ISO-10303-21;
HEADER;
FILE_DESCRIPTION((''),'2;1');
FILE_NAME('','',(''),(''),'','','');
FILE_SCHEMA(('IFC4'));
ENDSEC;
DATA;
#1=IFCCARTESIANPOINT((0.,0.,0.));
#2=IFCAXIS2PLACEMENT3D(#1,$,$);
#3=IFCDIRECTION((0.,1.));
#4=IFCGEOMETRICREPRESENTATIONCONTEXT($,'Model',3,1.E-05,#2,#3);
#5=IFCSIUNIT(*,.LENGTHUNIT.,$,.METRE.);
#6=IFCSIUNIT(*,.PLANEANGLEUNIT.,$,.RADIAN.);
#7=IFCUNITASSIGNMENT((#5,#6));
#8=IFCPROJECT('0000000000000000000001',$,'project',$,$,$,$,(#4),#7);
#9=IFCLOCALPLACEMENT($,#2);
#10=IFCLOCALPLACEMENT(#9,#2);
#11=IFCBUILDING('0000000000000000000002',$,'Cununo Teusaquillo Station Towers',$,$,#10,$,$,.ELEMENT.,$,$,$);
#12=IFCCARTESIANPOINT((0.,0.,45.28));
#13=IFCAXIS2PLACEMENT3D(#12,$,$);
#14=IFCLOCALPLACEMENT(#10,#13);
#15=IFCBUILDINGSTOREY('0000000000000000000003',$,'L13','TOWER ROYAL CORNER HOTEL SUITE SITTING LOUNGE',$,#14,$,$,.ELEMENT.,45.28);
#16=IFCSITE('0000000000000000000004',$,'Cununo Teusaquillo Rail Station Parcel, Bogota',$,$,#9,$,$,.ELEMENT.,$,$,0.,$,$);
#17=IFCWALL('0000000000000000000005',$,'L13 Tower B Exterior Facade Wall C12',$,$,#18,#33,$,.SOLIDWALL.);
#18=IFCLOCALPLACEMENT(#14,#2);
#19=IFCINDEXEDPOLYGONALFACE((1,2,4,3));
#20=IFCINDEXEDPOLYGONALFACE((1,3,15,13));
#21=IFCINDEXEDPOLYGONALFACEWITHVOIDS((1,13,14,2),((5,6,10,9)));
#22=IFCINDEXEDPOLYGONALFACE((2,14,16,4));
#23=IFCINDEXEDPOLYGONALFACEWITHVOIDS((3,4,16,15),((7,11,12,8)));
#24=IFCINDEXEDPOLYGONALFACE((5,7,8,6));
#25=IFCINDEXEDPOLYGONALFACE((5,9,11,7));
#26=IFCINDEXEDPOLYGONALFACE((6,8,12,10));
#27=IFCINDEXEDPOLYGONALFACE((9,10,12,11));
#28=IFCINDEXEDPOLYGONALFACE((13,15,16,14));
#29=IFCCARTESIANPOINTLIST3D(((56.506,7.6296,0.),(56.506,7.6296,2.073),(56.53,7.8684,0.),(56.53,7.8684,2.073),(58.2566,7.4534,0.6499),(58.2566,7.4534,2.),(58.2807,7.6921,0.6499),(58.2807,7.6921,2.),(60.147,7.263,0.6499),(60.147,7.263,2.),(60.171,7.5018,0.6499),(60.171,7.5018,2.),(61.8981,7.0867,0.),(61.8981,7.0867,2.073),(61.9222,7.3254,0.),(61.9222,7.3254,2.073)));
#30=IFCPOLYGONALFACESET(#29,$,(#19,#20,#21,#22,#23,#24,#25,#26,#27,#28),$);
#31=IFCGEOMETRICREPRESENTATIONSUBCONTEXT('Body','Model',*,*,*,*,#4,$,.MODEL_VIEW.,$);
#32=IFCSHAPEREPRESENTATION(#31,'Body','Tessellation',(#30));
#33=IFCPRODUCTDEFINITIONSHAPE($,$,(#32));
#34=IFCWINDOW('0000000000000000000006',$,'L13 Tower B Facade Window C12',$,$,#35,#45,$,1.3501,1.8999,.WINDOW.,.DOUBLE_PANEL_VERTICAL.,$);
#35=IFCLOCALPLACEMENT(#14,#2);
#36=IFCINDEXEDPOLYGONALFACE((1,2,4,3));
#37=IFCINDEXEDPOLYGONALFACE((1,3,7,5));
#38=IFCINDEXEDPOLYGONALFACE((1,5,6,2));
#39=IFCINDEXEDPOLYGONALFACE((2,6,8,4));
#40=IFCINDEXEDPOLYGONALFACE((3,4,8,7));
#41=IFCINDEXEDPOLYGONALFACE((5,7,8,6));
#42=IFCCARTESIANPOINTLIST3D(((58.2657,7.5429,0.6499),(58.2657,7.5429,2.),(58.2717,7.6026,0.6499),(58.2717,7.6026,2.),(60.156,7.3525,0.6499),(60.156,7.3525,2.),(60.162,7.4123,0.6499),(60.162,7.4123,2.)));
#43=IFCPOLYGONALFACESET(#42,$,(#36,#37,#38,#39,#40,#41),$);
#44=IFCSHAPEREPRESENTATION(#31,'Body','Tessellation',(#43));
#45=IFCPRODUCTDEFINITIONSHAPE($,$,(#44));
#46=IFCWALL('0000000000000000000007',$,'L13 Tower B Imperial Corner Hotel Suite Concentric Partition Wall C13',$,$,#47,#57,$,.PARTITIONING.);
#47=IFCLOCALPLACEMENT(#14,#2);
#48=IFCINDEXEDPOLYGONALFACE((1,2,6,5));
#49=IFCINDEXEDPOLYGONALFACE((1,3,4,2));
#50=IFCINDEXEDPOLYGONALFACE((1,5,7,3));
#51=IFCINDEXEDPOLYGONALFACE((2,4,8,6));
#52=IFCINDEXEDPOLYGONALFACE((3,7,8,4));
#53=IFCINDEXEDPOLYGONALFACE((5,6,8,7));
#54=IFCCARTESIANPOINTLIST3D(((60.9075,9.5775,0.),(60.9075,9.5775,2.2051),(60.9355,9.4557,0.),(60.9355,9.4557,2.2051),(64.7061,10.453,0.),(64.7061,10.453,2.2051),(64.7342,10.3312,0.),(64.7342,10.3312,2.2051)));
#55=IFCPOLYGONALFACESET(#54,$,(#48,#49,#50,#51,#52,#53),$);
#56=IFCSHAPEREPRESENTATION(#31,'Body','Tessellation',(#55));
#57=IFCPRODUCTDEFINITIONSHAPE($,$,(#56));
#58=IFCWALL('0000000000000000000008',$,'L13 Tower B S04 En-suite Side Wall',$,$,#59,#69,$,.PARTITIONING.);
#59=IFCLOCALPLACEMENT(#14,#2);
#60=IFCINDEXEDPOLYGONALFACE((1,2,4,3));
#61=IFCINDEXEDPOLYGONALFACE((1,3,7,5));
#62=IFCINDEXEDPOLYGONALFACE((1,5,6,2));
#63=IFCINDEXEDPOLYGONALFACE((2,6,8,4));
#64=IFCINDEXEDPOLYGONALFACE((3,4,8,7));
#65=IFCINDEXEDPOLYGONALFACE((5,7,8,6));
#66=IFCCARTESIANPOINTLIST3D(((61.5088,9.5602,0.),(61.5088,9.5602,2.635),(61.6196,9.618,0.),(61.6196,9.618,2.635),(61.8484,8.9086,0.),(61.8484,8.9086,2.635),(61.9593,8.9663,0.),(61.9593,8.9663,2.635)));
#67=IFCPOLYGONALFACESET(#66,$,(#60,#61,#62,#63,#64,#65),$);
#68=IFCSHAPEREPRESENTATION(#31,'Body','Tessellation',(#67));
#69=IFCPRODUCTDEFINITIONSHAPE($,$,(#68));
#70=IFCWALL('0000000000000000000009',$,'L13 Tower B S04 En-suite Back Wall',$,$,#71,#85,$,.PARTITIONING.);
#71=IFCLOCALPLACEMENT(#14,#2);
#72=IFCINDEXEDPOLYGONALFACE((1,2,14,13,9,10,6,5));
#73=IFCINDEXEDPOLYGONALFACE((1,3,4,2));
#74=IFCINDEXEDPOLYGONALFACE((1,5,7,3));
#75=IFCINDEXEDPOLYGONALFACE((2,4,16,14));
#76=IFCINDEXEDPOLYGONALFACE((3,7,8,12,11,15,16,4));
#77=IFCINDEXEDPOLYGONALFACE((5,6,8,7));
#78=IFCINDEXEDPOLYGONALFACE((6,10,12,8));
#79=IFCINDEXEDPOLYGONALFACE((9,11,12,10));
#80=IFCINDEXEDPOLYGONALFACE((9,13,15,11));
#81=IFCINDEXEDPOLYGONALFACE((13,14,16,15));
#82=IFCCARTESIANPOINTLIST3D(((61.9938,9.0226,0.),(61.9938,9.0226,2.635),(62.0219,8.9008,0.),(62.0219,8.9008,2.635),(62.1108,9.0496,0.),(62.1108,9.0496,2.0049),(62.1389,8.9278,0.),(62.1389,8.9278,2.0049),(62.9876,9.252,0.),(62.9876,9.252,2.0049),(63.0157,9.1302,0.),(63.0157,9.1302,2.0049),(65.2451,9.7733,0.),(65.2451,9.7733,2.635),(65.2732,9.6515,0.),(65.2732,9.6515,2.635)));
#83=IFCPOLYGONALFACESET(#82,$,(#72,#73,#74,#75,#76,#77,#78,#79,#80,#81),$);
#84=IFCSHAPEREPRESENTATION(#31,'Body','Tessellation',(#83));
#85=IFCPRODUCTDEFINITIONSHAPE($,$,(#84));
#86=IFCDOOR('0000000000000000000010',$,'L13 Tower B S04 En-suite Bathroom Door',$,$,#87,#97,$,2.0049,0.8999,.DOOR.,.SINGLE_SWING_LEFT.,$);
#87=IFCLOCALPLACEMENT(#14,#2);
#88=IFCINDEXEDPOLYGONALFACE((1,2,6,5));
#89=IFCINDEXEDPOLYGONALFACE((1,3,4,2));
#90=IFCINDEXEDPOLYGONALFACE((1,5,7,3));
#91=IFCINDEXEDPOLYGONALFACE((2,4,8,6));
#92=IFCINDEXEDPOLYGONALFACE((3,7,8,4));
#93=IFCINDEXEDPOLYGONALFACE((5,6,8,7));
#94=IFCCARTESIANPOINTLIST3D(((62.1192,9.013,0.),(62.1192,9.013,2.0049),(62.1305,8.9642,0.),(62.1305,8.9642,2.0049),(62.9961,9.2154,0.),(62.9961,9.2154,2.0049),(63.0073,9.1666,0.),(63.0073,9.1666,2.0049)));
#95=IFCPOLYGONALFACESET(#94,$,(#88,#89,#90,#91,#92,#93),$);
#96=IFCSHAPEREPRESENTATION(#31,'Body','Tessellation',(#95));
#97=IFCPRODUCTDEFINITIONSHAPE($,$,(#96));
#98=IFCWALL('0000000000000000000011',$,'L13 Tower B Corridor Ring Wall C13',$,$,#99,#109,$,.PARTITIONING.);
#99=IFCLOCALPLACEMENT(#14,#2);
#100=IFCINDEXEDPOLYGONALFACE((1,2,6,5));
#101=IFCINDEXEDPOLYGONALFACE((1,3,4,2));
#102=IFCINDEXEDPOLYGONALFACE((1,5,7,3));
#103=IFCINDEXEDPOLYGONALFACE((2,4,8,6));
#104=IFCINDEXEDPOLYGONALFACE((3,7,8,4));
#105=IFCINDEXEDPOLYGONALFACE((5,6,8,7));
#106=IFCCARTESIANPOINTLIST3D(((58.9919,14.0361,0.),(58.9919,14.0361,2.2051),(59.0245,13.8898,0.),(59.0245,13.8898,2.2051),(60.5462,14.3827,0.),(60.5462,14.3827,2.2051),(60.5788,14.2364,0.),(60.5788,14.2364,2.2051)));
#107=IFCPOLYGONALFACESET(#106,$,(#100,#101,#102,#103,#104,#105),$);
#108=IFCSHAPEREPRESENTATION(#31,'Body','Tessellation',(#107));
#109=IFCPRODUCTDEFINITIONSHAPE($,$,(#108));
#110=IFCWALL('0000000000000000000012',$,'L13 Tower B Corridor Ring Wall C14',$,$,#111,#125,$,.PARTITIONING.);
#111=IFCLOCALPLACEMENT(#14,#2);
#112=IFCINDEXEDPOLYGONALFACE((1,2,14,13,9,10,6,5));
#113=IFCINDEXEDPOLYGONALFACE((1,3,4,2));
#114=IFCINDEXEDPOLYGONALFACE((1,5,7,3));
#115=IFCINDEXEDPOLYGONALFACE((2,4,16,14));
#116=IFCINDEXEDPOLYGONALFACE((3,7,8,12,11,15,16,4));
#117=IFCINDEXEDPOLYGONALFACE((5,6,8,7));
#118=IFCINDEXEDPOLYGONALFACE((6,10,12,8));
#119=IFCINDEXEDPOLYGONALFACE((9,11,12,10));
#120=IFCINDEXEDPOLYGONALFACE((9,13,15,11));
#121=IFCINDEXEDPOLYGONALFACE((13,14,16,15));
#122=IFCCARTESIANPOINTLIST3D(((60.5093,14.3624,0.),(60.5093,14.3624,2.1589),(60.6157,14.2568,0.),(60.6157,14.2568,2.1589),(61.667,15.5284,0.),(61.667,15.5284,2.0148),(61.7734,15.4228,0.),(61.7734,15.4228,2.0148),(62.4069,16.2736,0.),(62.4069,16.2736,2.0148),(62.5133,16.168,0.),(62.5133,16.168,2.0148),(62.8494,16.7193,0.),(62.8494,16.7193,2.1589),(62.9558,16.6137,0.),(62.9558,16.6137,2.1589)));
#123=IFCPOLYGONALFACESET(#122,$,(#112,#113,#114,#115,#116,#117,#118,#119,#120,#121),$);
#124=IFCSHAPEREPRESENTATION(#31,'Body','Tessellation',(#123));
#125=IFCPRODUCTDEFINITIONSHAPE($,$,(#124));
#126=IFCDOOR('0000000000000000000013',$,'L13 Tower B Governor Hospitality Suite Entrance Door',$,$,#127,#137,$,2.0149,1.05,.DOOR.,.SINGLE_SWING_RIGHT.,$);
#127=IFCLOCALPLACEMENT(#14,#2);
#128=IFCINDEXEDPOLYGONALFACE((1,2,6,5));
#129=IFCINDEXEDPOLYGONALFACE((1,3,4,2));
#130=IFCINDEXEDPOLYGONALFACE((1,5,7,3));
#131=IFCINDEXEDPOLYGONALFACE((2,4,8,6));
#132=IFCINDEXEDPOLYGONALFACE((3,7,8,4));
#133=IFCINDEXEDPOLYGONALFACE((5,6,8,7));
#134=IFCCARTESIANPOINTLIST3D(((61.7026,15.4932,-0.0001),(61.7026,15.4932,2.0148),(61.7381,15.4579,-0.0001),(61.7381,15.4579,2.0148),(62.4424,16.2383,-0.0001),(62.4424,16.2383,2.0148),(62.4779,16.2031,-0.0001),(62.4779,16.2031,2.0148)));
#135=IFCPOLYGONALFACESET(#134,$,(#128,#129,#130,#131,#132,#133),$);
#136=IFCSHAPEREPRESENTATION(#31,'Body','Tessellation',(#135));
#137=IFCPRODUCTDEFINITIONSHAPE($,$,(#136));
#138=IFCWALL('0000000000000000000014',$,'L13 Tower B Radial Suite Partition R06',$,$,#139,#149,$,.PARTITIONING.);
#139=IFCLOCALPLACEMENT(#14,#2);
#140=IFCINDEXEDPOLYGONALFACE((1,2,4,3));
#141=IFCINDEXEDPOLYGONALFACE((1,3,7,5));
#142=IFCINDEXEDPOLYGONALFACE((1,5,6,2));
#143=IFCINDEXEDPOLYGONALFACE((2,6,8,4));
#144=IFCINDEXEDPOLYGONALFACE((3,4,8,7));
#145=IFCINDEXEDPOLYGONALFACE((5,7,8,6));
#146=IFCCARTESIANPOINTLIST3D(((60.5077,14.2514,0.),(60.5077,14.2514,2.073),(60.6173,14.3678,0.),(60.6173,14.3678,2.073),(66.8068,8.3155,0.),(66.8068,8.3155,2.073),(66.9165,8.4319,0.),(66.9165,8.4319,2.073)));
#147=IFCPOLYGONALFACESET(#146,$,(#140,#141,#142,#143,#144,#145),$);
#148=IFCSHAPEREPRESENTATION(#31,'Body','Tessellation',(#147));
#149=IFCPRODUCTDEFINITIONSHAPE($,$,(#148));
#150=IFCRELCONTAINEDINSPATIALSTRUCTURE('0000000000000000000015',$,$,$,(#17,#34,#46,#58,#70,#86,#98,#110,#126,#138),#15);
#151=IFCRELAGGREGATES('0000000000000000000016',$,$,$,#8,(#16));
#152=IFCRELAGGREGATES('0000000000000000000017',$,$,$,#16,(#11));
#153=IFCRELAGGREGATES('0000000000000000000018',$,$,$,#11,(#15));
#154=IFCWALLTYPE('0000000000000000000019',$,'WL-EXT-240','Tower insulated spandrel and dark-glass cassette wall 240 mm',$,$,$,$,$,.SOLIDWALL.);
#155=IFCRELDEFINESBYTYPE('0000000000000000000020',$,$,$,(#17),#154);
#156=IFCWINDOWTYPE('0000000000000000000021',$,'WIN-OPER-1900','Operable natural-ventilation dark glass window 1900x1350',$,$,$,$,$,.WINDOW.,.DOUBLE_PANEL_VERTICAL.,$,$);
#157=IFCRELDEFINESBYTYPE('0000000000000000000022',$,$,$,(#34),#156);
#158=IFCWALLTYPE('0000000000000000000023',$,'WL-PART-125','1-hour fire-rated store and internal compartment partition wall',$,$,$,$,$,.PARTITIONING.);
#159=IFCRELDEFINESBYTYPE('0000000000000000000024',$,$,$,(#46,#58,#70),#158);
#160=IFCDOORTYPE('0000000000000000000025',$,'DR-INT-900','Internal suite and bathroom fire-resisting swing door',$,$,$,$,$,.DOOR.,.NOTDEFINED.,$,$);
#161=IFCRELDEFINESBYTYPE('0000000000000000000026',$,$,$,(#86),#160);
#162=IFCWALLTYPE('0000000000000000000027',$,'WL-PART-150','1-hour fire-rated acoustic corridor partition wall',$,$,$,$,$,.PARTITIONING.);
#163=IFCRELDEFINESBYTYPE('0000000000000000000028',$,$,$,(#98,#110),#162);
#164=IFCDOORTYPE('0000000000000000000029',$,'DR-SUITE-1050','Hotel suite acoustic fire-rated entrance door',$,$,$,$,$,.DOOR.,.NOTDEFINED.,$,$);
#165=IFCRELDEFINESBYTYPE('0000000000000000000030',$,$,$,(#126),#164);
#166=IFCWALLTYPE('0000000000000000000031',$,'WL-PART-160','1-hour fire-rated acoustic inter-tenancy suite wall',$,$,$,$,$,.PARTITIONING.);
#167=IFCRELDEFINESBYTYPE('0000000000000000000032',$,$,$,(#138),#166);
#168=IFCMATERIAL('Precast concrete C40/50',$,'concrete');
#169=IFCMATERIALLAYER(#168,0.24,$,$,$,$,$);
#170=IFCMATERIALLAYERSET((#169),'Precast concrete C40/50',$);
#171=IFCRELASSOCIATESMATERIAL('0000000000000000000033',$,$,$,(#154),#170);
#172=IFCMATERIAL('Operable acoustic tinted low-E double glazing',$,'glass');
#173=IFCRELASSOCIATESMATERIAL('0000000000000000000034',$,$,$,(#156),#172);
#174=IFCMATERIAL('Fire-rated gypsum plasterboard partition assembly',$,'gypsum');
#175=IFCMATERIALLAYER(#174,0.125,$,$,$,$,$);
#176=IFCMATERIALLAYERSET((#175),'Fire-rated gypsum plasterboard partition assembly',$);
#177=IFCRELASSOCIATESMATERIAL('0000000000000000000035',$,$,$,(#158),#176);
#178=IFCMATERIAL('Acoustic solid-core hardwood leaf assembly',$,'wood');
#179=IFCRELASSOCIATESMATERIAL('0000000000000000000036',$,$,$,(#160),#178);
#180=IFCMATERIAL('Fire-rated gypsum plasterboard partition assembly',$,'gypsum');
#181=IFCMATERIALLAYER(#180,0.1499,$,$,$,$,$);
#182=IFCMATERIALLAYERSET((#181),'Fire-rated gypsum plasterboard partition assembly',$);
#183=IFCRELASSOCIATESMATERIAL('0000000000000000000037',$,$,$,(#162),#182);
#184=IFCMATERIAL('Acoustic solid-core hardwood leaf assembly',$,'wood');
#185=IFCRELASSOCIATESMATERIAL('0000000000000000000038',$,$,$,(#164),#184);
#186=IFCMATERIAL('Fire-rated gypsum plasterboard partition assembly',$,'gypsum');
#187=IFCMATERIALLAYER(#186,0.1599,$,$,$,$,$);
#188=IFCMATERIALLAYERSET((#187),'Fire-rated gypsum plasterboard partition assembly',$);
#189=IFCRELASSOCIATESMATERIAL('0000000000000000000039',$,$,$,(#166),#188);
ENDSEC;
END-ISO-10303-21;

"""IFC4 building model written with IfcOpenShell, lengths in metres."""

from ifc_helpers import new_model, si_unit, direction, frame, frame_2d, origin, place, context, subcontext, project, spatial, rectangle, extrude, source, transform, mapped, material, layer, layer_set, type_object, element, fill, save


model = new_model("IFC4")

# Units and contexts
model_context = context("Model", 3, precision=1e-05, world=origin(), true_north=direction((0.0, 1.0)))
body_context = subcontext(model_context, "Body", "Model", "MODEL_VIEW")
ifc_project = project(units=[si_unit("LENGTHUNIT", "METRE"), si_unit("PLANEANGLEUNIT", "RADIAN")], contexts=[model_context])

# Site, building, storey
site_placement = place(None, origin())
site = spatial("IfcSite", under=ifc_project, at=site_placement, Name="Cununo Teusaquillo Rail Station Parcel, Bogota", CompositionType="ELEMENT", RefElevation=0.0)
building_placement = place(site_placement, origin())
building = spatial("IfcBuilding", under=site, at=building_placement, Name="Cununo Teusaquillo Station Towers", CompositionType="ELEMENT")
storey_placement = place(building_placement, frame((0.0, 0.0, 45.28)))
storey = spatial("IfcBuildingStorey", under=building, at=storey_placement, Name="L13", Description="TOWER ROYAL CORNER HOTEL SUITE SITTING LOUNGE", CompositionType="ELEMENT", Elevation=45.28)

# Wall, opening, window
ifc_material_1 = material(Name="Precast concrete C40/50", Category="concrete")
ifc_layer_1 = layer(ifc_material_1, 0.24)
ifc_layer_set_1 = layer_set([ifc_layer_1], Name="Precast concrete C40/50")
wall_type_1 = type_object("IfcWallType", Name="WL-EXT-240", Description="Tower insulated spandrel and dark-glass cassette wall 240 mm", PredefinedType="SOLIDWALL", material=ifc_layer_set_1)
wall_1_placement = place(storey_placement, frame((61.9102, 7.2061, 0.0), z_axis=(0.0, 0.0, 1.0), x_axis=(-0.994968, 0.100191, 0.0)))
wall_1 = element("IfcWall", 1, at=wall_1_placement, inside=storey, type_object=wall_type_1, Name="L13 Tower B Exterior Facade Wall C12", PredefinedType="SOLIDWALL", context=body_context, shape_type="SweptSolid", body=[
    extrude(rectangle(XDim=5.4194, YDim=0.24, at=frame_2d((2.7097, 0.0))), origin(), (0.0, 0.0, 1.0), 2.073),
])
shared_shape_1 = source(origin(), body_context, "Body", "SweptSolid", [
    extrude(rectangle(XDim=1.8999, YDim=1.3501, at=frame_2d((0.95, 0.675))), frame((0.0, 0.1299, 0.0), z_axis=(0.0, -1.0, 0.0), x_axis=(1.0, 0.0, 0.0)), (0.0, 0.0, 1.0), 0.26),
])
opening_1_placement = place(wall_1_placement, frame((1.76, 0.0, 0.6499)))
opening_1 = element("IfcOpeningElement", 2, at=opening_1_placement, cuts=wall_1, PredefinedType="OPENING", context=body_context, shape_type="MappedRepresentation", body=[
    mapped(shared_shape_1, transform((0.0, 0.0, 0.0), x_axis=(1.0, 0.0, 0.0), y_axis=(0.0, 1.0, 0.0), z_axis=(0.0, 0.0, 1.0), scale=1.0)),
])
ifc_material_2 = material(Name="Operable acoustic tinted low-E double glazing", Category="glass")
window_type = type_object("IfcWindowType", Name="WIN-OPER-1900", Description="Operable natural-ventilation dark glass window 1900x1350", PartitioningType="DOUBLE_PANEL_VERTICAL", PredefinedType="WINDOW", material=ifc_material_2)
shared_shape_2 = source(origin(), body_context, "Body", "SweptSolid", [
    extrude(rectangle(XDim=1.8999, YDim=1.3501, at=frame_2d((0.95, 0.675))), frame((0.0, 0.03, 0.0), z_axis=(0.0, -1.0, 0.0), x_axis=(1.0, 0.0, 0.0)), (0.0, 0.0, 1.0), 0.0601),
])
window_placement = place(opening_1_placement, origin())
window = element("IfcWindow", 3, at=window_placement, inside=storey, type_object=window_type, Name="L13 Tower B Facade Window C12", OverallHeight=1.3501, OverallWidth=1.8999, PartitioningType="DOUBLE_PANEL_VERTICAL", PredefinedType="WINDOW", context=body_context, shape_type="MappedRepresentation", body=[
    mapped(shared_shape_2, transform((0.0, 0.0, 0.0), x_axis=(1.0, 0.0, 0.0), y_axis=(0.0, 1.0, 0.0), z_axis=(0.0, 0.0, 1.0), scale=1.0)),
])
fill(opening_1, window)

# Walls
ifc_material_3 = material(Name="Fire-rated gypsum plasterboard partition assembly", Category="gypsum")
ifc_layer_2 = layer(ifc_material_3, 0.125)
ifc_layer_set_2 = layer_set([ifc_layer_2], Name="Fire-rated gypsum plasterboard partition assembly")
wall_type_2 = type_object("IfcWallType", Name="WL-PART-125", Description="1-hour fire-rated store and internal compartment partition wall", PredefinedType="PARTITIONING", material=ifc_layer_set_2)
wall_2_placement = place(storey_placement, frame((60.9214, 9.5166, 0.0), z_axis=(0.0, 0.0, 1.0), x_axis=(0.974453, 0.22459, 0.0)))
element("IfcWall", 4, at=wall_2_placement, inside=storey, type_object=wall_type_2, Name="L13 Tower B Imperial Corner Hotel Suite Concentric Partition Wall C13", PredefinedType="PARTITIONING", context=body_context, shape_type="SweptSolid", body=[
    extrude(rectangle(XDim=3.8982, YDim=0.125, at=frame_2d((1.9492, 0.0))), origin(), (0.0, 0.0, 1.0), 2.2051),
])
wall_3_placement = place(storey_placement, frame((61.5642, 9.5891, 0.0), z_axis=(0.0, 0.0, 1.0), x_axis=(0.462169, -0.886792, 0.0)))
element("IfcWall", 5, at=wall_3_placement, inside=storey, type_object=wall_type_2, Name="L13 Tower B S04 En-suite Side Wall", PredefinedType="PARTITIONING", context=body_context, shape_type="SweptSolid", body=[
    extrude(rectangle(XDim=0.7349, YDim=0.125, at=frame_2d((0.3674, 0.0))), origin(), (0.0, 0.0, 1.0), 2.635),
])

# Wall, opening, door
wall_4_placement = place(storey_placement, frame((62.0078, 8.9617, 0.0), z_axis=(0.0, 0.0, 1.0), x_axis=(0.974365, 0.224972, 0.0)))
wall_4 = element("IfcWall", 6, at=wall_4_placement, inside=storey, type_object=wall_type_2, Name="L13 Tower B S04 En-suite Back Wall", PredefinedType="PARTITIONING", context=body_context, shape_type="SweptSolid", body=[
    extrude(rectangle(XDim=3.3369, YDim=0.125, at=frame_2d((1.6685, 0.0))), origin(), (0.0, 0.0, 1.0), 2.635),
])
shared_shape_3 = source(origin(), body_context, "Body", "SweptSolid", [
    extrude(rectangle(XDim=0.8999, YDim=2.0049, at=frame_2d((0.45, 1.0024))), frame((0.0, 0.0725, 0.0), z_axis=(0.0, -1.0, 0.0), x_axis=(1.0, 0.0, 0.0)), (0.0, 0.0, 1.0), 0.145),
])
opening_2_placement = place(wall_4_placement, frame((0.1201, 0.0, 0.0)))
opening_2 = element("IfcOpeningElement", 7, at=opening_2_placement, cuts=wall_4, PredefinedType="OPENING", context=body_context, shape_type="MappedRepresentation", body=[
    mapped(shared_shape_3, transform((0.0, 0.0, 0.0), x_axis=(1.0, 0.0, 0.0), y_axis=(0.0, 1.0, 0.0), z_axis=(0.0, 0.0, 1.0), scale=1.0)),
])
ifc_material_4 = material(Name="Acoustic solid-core hardwood leaf assembly", Category="wood")
door_type_1 = type_object("IfcDoorType", Name="DR-INT-900", Description="Internal suite and bathroom fire-resisting swing door", OperationType="NOTDEFINED", PredefinedType="DOOR", material=ifc_material_4)
shared_shape_4 = source(origin(), body_context, "Body", "SweptSolid", [
    extrude(rectangle(XDim=0.8999, YDim=2.0049, at=frame_2d((0.45, 1.0024))), frame((0.0, 0.0249, 0.0), z_axis=(0.0, -1.0, 0.0), x_axis=(1.0, 0.0, 0.0)), (0.0, 0.0, 1.0), 0.05),
])
door_1_placement = place(opening_2_placement, origin())
door_1 = element("IfcDoor", 8, at=door_1_placement, inside=storey, type_object=door_type_1, Name="L13 Tower B S04 En-suite Bathroom Door", OperationType="SINGLE_SWING_LEFT", OverallHeight=2.0049, OverallWidth=0.8999, PredefinedType="DOOR", context=body_context, shape_type="MappedRepresentation", body=[
    mapped(shared_shape_4, transform((0.0, 0.0, 0.0), x_axis=(1.0, 0.0, 0.0), y_axis=(0.0, 1.0, 0.0), z_axis=(0.0, 0.0, 1.0), scale=1.0)),
])
fill(opening_2, door_1)

# Wall
ifc_material_5 = material(Name="Fire-rated gypsum plasterboard partition assembly", Category="gypsum")
ifc_layer_3 = layer(ifc_material_5, 0.1499)
ifc_layer_set_3 = layer_set([ifc_layer_3], Name="Fire-rated gypsum plasterboard partition assembly")
wall_type_3 = type_object("IfcWallType", Name="WL-PART-150", Description="1-hour fire-rated acoustic corridor partition wall", PredefinedType="PARTITIONING", material=ifc_layer_set_3)
wall_5_placement = place(storey_placement, frame((59.0081, 13.9629, 0.0), z_axis=(0.0, 0.0, 1.0), x_axis=(0.976021, 0.217677, 0.0)))
element("IfcWall", 9, at=wall_5_placement, inside=storey, type_object=wall_type_3, Name="L13 Tower B Corridor Ring Wall C13", PredefinedType="PARTITIONING", context=body_context, shape_type="SweptSolid", body=[
    extrude(rectangle(XDim=1.5925, YDim=0.1499, at=frame_2d((0.7964, 0.0))), origin(), (0.0, 0.0, 1.0), 2.2051),
])

# Wall, opening, door
wall_6_placement = place(storey_placement, frame((60.5625, 14.3096, 0.0), z_axis=(0.0, 0.0, 1.0), x_axis=(0.704566, 0.709638, 0.0)))
wall_6 = element("IfcWall", 10, at=wall_6_placement, inside=storey, type_object=wall_type_3, Name="L13 Tower B Corridor Ring Wall C14", PredefinedType="PARTITIONING", context=body_context, shape_type="SweptSolid", body=[
    extrude(rectangle(XDim=3.3213, YDim=0.1499, at=frame_2d((1.6606, 0.0))), origin(), (0.0, 0.0, 1.0), 2.1589),
])
shared_shape_5 = source(origin(), body_context, "Body", "SweptSolid", [
    extrude(rectangle(XDim=1.05, YDim=2.0149, at=frame_2d((0.5249, 1.0073))), frame((0.0, 0.085, 0.0), z_axis=(0.0, -1.0, 0.0), x_axis=(1.0, 0.0, 0.0)), (0.0, 0.0, 1.0), 0.1699),
])
opening_3_placement = place(wall_6_placement, frame((1.6433, 0.0, 0.0)))
opening_3 = element("IfcOpeningElement", 11, at=opening_3_placement, cuts=wall_6, PredefinedType="OPENING", context=body_context, shape_type="MappedRepresentation", body=[
    mapped(shared_shape_5, transform((0.0, 0.0, 0.0), x_axis=(1.0, 0.0, 0.0), y_axis=(0.0, 1.0, 0.0), z_axis=(0.0, 0.0, 1.0), scale=1.0)),
])
ifc_material_6 = material(Name="Acoustic solid-core hardwood leaf assembly", Category="wood")
door_type_2 = type_object("IfcDoorType", Name="DR-SUITE-1050", Description="Hotel suite acoustic fire-rated entrance door", OperationType="NOTDEFINED", PredefinedType="DOOR", material=ifc_material_6)
shared_shape_6 = source(origin(), body_context, "Body", "SweptSolid", [
    extrude(rectangle(XDim=1.05, YDim=2.0149, at=frame_2d((0.5249, 1.0073))), frame((0.0, 0.0249, 0.0), z_axis=(0.0, -1.0, 0.0), x_axis=(1.0, 0.0, 0.0)), (0.0, 0.0, 1.0), 0.05),
])
door_2_placement = place(opening_3_placement, origin())
door_2 = element("IfcDoor", 12, at=door_2_placement, inside=storey, type_object=door_type_2, Name="L13 Tower B Governor Hospitality Suite Entrance Door", OperationType="SINGLE_SWING_RIGHT", OverallHeight=2.0149, OverallWidth=1.05, PredefinedType="DOOR", context=body_context, shape_type="MappedRepresentation", body=[
    mapped(shared_shape_6, transform((0.0, 0.0, 0.0), x_axis=(1.0, 0.0, 0.0), y_axis=(0.0, 1.0, 0.0), z_axis=(0.0, 0.0, 1.0), scale=1.0)),
])
fill(opening_3, door_2)

# Wall
ifc_material_7 = material(Name="Fire-rated gypsum plasterboard partition assembly", Category="gypsum")
ifc_layer_4 = layer(ifc_material_7, 0.1599)
ifc_layer_set_4 = layer_set([ifc_layer_4], Name="Fire-rated gypsum plasterboard partition assembly")
wall_type_4 = type_object("IfcWallType", Name="WL-PART-160", Description="1-hour fire-rated acoustic inter-tenancy suite wall", PredefinedType="PARTITIONING", material=ifc_layer_set_4)
wall_7_placement = place(storey_placement, frame((60.5625, 14.3096, 0.0), z_axis=(0.0, 0.0, 1.0), x_axis=(0.727782, -0.685809, 0.0)))
element("IfcWall", 13, at=wall_7_placement, inside=storey, type_object=wall_type_4, Name="L13 Tower B Radial Suite Partition R06", PredefinedType="PARTITIONING", context=body_context, shape_type="SweptSolid", body=[
    extrude(rectangle(XDim=8.6553, YDim=0.1599, at=frame_2d((4.3276, 0.0))), origin(), (0.0, 0.0, 1.0), 2.073),
])

save(model, "model.ifc")
